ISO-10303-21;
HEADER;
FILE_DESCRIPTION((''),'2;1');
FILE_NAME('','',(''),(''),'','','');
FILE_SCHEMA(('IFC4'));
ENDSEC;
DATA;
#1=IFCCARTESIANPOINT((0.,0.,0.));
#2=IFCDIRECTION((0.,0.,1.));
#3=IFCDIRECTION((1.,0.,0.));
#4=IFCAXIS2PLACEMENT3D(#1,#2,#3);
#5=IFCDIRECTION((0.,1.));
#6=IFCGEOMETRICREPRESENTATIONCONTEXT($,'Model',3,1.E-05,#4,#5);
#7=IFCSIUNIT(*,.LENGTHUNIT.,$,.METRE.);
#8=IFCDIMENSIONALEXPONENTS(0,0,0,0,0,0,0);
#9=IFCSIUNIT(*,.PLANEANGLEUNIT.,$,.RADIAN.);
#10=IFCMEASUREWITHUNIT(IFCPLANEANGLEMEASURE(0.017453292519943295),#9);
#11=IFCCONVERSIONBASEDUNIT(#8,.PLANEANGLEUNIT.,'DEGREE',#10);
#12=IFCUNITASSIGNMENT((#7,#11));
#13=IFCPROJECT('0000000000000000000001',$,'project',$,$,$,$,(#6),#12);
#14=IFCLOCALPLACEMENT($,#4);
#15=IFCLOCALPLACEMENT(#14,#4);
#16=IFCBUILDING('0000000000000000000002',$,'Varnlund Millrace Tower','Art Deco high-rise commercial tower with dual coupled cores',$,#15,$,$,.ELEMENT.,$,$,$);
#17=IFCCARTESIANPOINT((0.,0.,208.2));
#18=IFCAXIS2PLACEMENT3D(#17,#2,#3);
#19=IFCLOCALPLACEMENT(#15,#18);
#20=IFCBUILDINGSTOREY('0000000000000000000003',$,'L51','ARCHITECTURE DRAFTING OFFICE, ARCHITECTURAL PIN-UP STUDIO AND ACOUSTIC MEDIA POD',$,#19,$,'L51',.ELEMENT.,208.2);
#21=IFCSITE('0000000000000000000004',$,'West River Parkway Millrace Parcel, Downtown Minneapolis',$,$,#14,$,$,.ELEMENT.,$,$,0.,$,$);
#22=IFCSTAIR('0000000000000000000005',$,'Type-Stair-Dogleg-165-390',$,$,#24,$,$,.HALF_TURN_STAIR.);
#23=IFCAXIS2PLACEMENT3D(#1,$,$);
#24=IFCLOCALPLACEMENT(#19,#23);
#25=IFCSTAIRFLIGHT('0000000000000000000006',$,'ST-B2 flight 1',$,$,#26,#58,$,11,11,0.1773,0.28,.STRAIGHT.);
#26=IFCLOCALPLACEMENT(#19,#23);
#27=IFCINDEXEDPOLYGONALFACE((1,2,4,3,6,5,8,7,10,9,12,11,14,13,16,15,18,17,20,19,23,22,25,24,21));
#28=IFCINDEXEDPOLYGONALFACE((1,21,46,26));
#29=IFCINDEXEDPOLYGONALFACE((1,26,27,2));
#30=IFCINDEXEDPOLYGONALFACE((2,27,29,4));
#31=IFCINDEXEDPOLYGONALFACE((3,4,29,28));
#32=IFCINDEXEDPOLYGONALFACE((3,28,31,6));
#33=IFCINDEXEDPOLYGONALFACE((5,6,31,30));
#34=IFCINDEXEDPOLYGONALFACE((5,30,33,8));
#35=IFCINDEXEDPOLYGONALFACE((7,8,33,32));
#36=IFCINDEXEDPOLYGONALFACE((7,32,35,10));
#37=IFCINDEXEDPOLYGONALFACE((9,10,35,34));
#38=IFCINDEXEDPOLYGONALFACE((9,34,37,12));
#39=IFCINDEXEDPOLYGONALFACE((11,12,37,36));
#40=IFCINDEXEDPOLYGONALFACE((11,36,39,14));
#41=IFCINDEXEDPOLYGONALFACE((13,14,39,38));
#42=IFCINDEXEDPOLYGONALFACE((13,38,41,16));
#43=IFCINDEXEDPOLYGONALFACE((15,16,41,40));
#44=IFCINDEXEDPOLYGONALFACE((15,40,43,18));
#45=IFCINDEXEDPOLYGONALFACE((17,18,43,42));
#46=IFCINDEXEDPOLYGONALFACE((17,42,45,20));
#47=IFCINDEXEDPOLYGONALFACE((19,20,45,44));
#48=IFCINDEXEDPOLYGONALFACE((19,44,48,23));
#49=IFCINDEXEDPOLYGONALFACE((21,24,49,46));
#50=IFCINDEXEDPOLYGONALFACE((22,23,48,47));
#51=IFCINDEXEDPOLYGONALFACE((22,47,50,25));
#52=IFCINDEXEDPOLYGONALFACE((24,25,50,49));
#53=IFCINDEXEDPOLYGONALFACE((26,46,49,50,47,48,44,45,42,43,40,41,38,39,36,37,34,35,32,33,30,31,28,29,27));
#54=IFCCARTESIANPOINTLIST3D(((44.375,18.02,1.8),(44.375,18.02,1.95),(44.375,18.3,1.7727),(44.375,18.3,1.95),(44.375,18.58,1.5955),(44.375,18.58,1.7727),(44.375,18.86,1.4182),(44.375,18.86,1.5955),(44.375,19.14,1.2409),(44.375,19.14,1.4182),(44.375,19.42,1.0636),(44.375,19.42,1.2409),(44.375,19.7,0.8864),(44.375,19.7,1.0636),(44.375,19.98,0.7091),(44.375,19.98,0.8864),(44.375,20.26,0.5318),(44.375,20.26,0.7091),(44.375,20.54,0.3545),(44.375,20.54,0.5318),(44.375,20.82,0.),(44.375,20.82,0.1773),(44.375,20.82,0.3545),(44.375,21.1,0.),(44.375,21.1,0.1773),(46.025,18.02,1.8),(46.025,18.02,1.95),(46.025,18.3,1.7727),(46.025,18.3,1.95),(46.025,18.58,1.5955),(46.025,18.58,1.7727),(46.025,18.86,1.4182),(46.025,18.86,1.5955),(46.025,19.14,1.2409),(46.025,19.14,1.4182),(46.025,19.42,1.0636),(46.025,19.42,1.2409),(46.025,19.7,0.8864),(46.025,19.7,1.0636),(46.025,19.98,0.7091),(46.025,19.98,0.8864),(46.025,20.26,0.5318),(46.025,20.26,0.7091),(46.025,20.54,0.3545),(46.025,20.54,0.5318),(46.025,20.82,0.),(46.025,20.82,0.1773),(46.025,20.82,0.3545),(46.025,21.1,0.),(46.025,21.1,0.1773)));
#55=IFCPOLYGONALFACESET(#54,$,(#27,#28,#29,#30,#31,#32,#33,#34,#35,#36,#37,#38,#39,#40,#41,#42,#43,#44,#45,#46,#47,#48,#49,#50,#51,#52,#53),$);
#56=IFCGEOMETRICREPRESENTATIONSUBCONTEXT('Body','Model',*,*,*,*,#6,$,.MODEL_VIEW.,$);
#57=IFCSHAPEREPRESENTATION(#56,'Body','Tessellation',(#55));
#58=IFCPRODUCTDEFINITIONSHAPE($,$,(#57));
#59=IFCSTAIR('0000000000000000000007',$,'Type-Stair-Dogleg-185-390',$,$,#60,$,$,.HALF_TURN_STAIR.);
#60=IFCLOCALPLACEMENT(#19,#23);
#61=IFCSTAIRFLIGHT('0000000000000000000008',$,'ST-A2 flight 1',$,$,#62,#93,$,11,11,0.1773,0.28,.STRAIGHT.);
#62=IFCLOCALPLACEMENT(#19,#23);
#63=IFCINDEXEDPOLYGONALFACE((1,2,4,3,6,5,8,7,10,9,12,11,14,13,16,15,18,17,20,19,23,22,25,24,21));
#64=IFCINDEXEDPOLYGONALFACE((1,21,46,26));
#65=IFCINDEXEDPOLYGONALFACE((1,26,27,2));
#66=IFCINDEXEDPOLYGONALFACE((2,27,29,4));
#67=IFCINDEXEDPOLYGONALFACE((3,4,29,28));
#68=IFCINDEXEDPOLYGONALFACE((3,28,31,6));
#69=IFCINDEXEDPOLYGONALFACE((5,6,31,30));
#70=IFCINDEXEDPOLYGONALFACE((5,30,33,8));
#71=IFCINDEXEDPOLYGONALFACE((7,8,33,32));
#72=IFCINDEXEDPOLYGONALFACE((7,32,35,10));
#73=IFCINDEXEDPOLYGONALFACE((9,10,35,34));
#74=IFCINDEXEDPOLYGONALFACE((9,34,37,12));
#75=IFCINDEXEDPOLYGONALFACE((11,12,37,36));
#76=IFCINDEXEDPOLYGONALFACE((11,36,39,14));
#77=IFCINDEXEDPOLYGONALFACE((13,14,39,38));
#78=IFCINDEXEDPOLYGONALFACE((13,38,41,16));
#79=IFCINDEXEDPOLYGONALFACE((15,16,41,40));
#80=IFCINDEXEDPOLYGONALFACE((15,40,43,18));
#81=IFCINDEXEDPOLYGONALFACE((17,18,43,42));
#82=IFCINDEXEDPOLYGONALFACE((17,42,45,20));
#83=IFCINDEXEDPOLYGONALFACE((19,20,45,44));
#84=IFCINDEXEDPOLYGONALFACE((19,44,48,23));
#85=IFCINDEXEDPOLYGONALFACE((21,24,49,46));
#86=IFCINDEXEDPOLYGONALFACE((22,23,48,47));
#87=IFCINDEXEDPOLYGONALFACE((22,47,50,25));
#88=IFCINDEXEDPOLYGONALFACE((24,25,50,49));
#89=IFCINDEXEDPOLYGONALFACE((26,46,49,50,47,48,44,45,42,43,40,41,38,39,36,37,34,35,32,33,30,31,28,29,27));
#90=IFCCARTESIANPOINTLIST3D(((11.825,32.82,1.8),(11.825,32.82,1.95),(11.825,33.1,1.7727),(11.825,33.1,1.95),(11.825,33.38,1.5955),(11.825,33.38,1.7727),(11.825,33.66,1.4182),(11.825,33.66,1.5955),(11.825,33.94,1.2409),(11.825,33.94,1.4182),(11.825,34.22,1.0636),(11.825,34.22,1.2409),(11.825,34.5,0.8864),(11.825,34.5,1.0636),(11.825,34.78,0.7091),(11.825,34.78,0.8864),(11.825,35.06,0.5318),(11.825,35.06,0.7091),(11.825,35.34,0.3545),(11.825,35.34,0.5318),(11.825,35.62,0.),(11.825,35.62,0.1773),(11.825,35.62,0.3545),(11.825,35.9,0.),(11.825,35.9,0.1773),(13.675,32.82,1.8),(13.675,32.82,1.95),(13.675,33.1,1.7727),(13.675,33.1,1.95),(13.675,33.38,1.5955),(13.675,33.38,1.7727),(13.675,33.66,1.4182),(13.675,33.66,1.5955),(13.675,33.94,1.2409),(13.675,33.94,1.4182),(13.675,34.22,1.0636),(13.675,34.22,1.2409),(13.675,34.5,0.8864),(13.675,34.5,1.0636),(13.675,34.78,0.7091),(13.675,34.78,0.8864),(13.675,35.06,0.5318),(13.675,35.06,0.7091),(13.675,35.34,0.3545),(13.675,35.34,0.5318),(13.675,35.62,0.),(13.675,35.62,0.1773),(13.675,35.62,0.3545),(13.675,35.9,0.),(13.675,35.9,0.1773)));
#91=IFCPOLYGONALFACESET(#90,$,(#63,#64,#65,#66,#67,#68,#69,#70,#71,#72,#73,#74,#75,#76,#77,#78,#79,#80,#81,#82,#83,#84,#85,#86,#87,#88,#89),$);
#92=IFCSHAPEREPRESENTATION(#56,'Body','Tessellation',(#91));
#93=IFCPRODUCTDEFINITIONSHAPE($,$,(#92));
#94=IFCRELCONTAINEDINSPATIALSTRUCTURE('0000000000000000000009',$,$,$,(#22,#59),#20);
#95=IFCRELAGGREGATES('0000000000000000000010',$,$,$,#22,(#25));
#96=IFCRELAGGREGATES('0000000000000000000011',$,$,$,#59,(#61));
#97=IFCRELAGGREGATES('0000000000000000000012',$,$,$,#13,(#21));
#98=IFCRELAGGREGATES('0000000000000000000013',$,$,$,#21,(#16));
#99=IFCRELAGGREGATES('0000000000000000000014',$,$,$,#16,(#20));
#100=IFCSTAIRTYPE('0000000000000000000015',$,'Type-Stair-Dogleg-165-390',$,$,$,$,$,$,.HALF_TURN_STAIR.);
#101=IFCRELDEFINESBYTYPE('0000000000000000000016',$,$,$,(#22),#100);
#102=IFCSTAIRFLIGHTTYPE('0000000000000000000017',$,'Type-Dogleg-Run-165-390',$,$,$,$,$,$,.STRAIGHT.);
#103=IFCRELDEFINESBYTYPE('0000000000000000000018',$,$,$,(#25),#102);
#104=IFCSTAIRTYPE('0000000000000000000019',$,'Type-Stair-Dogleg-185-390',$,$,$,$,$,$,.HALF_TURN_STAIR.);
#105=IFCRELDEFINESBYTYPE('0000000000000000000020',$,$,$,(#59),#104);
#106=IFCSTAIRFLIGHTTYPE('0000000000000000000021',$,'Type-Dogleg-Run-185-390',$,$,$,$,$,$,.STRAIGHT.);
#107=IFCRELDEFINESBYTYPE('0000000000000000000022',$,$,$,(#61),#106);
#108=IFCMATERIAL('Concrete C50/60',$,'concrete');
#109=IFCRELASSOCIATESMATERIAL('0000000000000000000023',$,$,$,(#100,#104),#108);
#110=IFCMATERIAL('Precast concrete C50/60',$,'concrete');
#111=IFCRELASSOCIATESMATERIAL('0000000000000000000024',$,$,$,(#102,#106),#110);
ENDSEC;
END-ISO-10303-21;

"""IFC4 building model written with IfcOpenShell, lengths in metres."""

from ifc_helpers import new_model, entity, si_unit, converted_unit, direction, frame, origin_with_axes, place, context, subcontext, project, spatial, polyline, outline, extrude, material, type_object, element, aggregate, save


model = new_model("IFC4")

# Units and contexts
model_context = context("Model", 3, precision=1e-05, world=origin_with_axes(), true_north=direction((0.0, 1.0)))
body_context = subcontext(model_context, "Body", "Model", "MODEL_VIEW")
ifc_project = project(units=[si_unit("LENGTHUNIT", "METRE"), converted_unit("PLANEANGLEUNIT", "DEGREE", entity("IfcPlaneAngleMeasure", 0.017453292519943295), si_unit("PLANEANGLEUNIT", "RADIAN"), dimensions=[0, 0, 0, 0, 0, 0, 0])], contexts=[model_context])

# Site, building, storey
site_placement = place(None, origin_with_axes())
site = spatial("IfcSite", under=ifc_project, at=site_placement, Name="West River Parkway Millrace Parcel, Downtown Minneapolis", CompositionType="ELEMENT", RefElevation=0.0)
building_placement = place(site_placement, origin_with_axes())
building = spatial("IfcBuilding", under=site, at=building_placement, Name="Varnlund Millrace Tower", Description="Art Deco high-rise commercial tower with dual coupled cores", CompositionType="ELEMENT")
storey_placement = place(building_placement, frame((0.0, 0.0, 208.2), z_axis=(0.0, 0.0, 1.0), x_axis=(1.0, 0.0, 0.0)))
storey = spatial("IfcBuildingStorey", under=building, at=storey_placement, Name="L51", Description="ARCHITECTURE DRAFTING OFFICE, ARCHITECTURAL PIN-UP STUDIO AND ACOUSTIC MEDIA POD", LongName="L51", CompositionType="ELEMENT", Elevation=208.2)

# Stairs, stair flights
ifc_material_1 = material(Name="Concrete C50/60", Category="concrete")
stair_type_1 = type_object("IfcStairType", Name="Type-Stair-Dogleg-165-390", PredefinedType="HALF_TURN_STAIR", material=ifc_material_1)
stair_1_placement = place(storey_placement, origin_with_axes())
stair_1 = element("IfcStair", 1, at=stair_1_placement, inside=storey, type_object=stair_type_1, Name="Type-Stair-Dogleg-165-390", PredefinedType="HALF_TURN_STAIR")
ifc_material_2 = material(Name="Precast concrete C50/60", Category="concrete")
stair_flight_type_1 = type_object("IfcStairFlightType", Name="Type-Dogleg-Run-165-390", PredefinedType="STRAIGHT", material=ifc_material_2)
stair_flight_1_placement = place(storey_placement, frame((46.025, 21.1, 0.0), z_axis=(-1.0, 0.0, 0.0), x_axis=(0.0, -1.0, 0.0)))
stair_flight_1 = element("IfcStairFlight", 2, at=stair_flight_1_placement, type_object=stair_flight_type_1, Name="ST-B2 flight 1", NumberOfRisers=11, NumberOfTreads=11, PredefinedType="STRAIGHT", RiserHeight=0.1773, TreadLength=0.28, context=body_context, shape_type="SweptSolid", body=[
    extrude(outline(polyline([(0.0, 0.0), (0.0, 0.1773), (0.28, 0.1773), (0.28, 0.3545), (0.56, 0.3545), (0.56, 0.5318), (0.84, 0.5318), (0.84, 0.7091), (1.12, 0.7091), (1.12, 0.8864), (1.4, 0.8864), (1.4, 1.0636), (1.68, 1.0636), (1.68, 1.2409), (1.96, 1.2409), (1.96, 1.4182), (2.24, 1.4182), (2.24, 1.5955), (2.52, 1.5955), (2.52, 1.7727), (2.8, 1.7727), (2.8, 1.95), (3.08, 1.95), (3.08, 1.8), (0.28, 0.0), (0.0, 0.0)])), origin_with_axes(), (0.0, 0.0, 1.0), 1.65),
])
aggregate(stair_1, [stair_flight_1])
stair_type_2 = type_object("IfcStairType", Name="Type-Stair-Dogleg-185-390", PredefinedType="HALF_TURN_STAIR", material=ifc_material_1)
stair_2_placement = place(storey_placement, origin_with_axes())
stair_2 = element("IfcStair", 3, at=stair_2_placement, inside=storey, type_object=stair_type_2, Name="Type-Stair-Dogleg-185-390", PredefinedType="HALF_TURN_STAIR")
stair_flight_type_2 = type_object("IfcStairFlightType", Name="Type-Dogleg-Run-185-390", PredefinedType="STRAIGHT", material=ifc_material_2)
stair_flight_2_placement = place(storey_placement, frame((13.675, 35.9, 0.0), z_axis=(-1.0, 0.0, 0.0), x_axis=(0.0, -1.0, 0.0)))
stair_flight_2 = element("IfcStairFlight", 4, at=stair_flight_2_placement, type_object=stair_flight_type_2, Name="ST-A2 flight 1", NumberOfRisers=11, NumberOfTreads=11, PredefinedType="STRAIGHT", RiserHeight=0.1773, TreadLength=0.28, context=body_context, shape_type="SweptSolid", body=[
    extrude(outline(polyline([(0.0, 0.0), (0.0, 0.1773), (0.28, 0.1773), (0.28, 0.3545), (0.56, 0.3545), (0.56, 0.5318), (0.84, 0.5318), (0.84, 0.7091), (1.12, 0.7091), (1.12, 0.8864), (1.4, 0.8864), (1.4, 1.0636), (1.68, 1.0636), (1.68, 1.2409), (1.96, 1.2409), (1.96, 1.4182), (2.24, 1.4182), (2.24, 1.5955), (2.52, 1.5955), (2.52, 1.7727), (2.8, 1.7727), (2.8, 1.95), (3.08, 1.95), (3.08, 1.8), (0.28, 0.0), (0.0, 0.0)])), origin_with_axes(), (0.0, 0.0, 1.0), 1.85),
])
aggregate(stair_2, [stair_flight_2])

save(model, "model.ifc")
